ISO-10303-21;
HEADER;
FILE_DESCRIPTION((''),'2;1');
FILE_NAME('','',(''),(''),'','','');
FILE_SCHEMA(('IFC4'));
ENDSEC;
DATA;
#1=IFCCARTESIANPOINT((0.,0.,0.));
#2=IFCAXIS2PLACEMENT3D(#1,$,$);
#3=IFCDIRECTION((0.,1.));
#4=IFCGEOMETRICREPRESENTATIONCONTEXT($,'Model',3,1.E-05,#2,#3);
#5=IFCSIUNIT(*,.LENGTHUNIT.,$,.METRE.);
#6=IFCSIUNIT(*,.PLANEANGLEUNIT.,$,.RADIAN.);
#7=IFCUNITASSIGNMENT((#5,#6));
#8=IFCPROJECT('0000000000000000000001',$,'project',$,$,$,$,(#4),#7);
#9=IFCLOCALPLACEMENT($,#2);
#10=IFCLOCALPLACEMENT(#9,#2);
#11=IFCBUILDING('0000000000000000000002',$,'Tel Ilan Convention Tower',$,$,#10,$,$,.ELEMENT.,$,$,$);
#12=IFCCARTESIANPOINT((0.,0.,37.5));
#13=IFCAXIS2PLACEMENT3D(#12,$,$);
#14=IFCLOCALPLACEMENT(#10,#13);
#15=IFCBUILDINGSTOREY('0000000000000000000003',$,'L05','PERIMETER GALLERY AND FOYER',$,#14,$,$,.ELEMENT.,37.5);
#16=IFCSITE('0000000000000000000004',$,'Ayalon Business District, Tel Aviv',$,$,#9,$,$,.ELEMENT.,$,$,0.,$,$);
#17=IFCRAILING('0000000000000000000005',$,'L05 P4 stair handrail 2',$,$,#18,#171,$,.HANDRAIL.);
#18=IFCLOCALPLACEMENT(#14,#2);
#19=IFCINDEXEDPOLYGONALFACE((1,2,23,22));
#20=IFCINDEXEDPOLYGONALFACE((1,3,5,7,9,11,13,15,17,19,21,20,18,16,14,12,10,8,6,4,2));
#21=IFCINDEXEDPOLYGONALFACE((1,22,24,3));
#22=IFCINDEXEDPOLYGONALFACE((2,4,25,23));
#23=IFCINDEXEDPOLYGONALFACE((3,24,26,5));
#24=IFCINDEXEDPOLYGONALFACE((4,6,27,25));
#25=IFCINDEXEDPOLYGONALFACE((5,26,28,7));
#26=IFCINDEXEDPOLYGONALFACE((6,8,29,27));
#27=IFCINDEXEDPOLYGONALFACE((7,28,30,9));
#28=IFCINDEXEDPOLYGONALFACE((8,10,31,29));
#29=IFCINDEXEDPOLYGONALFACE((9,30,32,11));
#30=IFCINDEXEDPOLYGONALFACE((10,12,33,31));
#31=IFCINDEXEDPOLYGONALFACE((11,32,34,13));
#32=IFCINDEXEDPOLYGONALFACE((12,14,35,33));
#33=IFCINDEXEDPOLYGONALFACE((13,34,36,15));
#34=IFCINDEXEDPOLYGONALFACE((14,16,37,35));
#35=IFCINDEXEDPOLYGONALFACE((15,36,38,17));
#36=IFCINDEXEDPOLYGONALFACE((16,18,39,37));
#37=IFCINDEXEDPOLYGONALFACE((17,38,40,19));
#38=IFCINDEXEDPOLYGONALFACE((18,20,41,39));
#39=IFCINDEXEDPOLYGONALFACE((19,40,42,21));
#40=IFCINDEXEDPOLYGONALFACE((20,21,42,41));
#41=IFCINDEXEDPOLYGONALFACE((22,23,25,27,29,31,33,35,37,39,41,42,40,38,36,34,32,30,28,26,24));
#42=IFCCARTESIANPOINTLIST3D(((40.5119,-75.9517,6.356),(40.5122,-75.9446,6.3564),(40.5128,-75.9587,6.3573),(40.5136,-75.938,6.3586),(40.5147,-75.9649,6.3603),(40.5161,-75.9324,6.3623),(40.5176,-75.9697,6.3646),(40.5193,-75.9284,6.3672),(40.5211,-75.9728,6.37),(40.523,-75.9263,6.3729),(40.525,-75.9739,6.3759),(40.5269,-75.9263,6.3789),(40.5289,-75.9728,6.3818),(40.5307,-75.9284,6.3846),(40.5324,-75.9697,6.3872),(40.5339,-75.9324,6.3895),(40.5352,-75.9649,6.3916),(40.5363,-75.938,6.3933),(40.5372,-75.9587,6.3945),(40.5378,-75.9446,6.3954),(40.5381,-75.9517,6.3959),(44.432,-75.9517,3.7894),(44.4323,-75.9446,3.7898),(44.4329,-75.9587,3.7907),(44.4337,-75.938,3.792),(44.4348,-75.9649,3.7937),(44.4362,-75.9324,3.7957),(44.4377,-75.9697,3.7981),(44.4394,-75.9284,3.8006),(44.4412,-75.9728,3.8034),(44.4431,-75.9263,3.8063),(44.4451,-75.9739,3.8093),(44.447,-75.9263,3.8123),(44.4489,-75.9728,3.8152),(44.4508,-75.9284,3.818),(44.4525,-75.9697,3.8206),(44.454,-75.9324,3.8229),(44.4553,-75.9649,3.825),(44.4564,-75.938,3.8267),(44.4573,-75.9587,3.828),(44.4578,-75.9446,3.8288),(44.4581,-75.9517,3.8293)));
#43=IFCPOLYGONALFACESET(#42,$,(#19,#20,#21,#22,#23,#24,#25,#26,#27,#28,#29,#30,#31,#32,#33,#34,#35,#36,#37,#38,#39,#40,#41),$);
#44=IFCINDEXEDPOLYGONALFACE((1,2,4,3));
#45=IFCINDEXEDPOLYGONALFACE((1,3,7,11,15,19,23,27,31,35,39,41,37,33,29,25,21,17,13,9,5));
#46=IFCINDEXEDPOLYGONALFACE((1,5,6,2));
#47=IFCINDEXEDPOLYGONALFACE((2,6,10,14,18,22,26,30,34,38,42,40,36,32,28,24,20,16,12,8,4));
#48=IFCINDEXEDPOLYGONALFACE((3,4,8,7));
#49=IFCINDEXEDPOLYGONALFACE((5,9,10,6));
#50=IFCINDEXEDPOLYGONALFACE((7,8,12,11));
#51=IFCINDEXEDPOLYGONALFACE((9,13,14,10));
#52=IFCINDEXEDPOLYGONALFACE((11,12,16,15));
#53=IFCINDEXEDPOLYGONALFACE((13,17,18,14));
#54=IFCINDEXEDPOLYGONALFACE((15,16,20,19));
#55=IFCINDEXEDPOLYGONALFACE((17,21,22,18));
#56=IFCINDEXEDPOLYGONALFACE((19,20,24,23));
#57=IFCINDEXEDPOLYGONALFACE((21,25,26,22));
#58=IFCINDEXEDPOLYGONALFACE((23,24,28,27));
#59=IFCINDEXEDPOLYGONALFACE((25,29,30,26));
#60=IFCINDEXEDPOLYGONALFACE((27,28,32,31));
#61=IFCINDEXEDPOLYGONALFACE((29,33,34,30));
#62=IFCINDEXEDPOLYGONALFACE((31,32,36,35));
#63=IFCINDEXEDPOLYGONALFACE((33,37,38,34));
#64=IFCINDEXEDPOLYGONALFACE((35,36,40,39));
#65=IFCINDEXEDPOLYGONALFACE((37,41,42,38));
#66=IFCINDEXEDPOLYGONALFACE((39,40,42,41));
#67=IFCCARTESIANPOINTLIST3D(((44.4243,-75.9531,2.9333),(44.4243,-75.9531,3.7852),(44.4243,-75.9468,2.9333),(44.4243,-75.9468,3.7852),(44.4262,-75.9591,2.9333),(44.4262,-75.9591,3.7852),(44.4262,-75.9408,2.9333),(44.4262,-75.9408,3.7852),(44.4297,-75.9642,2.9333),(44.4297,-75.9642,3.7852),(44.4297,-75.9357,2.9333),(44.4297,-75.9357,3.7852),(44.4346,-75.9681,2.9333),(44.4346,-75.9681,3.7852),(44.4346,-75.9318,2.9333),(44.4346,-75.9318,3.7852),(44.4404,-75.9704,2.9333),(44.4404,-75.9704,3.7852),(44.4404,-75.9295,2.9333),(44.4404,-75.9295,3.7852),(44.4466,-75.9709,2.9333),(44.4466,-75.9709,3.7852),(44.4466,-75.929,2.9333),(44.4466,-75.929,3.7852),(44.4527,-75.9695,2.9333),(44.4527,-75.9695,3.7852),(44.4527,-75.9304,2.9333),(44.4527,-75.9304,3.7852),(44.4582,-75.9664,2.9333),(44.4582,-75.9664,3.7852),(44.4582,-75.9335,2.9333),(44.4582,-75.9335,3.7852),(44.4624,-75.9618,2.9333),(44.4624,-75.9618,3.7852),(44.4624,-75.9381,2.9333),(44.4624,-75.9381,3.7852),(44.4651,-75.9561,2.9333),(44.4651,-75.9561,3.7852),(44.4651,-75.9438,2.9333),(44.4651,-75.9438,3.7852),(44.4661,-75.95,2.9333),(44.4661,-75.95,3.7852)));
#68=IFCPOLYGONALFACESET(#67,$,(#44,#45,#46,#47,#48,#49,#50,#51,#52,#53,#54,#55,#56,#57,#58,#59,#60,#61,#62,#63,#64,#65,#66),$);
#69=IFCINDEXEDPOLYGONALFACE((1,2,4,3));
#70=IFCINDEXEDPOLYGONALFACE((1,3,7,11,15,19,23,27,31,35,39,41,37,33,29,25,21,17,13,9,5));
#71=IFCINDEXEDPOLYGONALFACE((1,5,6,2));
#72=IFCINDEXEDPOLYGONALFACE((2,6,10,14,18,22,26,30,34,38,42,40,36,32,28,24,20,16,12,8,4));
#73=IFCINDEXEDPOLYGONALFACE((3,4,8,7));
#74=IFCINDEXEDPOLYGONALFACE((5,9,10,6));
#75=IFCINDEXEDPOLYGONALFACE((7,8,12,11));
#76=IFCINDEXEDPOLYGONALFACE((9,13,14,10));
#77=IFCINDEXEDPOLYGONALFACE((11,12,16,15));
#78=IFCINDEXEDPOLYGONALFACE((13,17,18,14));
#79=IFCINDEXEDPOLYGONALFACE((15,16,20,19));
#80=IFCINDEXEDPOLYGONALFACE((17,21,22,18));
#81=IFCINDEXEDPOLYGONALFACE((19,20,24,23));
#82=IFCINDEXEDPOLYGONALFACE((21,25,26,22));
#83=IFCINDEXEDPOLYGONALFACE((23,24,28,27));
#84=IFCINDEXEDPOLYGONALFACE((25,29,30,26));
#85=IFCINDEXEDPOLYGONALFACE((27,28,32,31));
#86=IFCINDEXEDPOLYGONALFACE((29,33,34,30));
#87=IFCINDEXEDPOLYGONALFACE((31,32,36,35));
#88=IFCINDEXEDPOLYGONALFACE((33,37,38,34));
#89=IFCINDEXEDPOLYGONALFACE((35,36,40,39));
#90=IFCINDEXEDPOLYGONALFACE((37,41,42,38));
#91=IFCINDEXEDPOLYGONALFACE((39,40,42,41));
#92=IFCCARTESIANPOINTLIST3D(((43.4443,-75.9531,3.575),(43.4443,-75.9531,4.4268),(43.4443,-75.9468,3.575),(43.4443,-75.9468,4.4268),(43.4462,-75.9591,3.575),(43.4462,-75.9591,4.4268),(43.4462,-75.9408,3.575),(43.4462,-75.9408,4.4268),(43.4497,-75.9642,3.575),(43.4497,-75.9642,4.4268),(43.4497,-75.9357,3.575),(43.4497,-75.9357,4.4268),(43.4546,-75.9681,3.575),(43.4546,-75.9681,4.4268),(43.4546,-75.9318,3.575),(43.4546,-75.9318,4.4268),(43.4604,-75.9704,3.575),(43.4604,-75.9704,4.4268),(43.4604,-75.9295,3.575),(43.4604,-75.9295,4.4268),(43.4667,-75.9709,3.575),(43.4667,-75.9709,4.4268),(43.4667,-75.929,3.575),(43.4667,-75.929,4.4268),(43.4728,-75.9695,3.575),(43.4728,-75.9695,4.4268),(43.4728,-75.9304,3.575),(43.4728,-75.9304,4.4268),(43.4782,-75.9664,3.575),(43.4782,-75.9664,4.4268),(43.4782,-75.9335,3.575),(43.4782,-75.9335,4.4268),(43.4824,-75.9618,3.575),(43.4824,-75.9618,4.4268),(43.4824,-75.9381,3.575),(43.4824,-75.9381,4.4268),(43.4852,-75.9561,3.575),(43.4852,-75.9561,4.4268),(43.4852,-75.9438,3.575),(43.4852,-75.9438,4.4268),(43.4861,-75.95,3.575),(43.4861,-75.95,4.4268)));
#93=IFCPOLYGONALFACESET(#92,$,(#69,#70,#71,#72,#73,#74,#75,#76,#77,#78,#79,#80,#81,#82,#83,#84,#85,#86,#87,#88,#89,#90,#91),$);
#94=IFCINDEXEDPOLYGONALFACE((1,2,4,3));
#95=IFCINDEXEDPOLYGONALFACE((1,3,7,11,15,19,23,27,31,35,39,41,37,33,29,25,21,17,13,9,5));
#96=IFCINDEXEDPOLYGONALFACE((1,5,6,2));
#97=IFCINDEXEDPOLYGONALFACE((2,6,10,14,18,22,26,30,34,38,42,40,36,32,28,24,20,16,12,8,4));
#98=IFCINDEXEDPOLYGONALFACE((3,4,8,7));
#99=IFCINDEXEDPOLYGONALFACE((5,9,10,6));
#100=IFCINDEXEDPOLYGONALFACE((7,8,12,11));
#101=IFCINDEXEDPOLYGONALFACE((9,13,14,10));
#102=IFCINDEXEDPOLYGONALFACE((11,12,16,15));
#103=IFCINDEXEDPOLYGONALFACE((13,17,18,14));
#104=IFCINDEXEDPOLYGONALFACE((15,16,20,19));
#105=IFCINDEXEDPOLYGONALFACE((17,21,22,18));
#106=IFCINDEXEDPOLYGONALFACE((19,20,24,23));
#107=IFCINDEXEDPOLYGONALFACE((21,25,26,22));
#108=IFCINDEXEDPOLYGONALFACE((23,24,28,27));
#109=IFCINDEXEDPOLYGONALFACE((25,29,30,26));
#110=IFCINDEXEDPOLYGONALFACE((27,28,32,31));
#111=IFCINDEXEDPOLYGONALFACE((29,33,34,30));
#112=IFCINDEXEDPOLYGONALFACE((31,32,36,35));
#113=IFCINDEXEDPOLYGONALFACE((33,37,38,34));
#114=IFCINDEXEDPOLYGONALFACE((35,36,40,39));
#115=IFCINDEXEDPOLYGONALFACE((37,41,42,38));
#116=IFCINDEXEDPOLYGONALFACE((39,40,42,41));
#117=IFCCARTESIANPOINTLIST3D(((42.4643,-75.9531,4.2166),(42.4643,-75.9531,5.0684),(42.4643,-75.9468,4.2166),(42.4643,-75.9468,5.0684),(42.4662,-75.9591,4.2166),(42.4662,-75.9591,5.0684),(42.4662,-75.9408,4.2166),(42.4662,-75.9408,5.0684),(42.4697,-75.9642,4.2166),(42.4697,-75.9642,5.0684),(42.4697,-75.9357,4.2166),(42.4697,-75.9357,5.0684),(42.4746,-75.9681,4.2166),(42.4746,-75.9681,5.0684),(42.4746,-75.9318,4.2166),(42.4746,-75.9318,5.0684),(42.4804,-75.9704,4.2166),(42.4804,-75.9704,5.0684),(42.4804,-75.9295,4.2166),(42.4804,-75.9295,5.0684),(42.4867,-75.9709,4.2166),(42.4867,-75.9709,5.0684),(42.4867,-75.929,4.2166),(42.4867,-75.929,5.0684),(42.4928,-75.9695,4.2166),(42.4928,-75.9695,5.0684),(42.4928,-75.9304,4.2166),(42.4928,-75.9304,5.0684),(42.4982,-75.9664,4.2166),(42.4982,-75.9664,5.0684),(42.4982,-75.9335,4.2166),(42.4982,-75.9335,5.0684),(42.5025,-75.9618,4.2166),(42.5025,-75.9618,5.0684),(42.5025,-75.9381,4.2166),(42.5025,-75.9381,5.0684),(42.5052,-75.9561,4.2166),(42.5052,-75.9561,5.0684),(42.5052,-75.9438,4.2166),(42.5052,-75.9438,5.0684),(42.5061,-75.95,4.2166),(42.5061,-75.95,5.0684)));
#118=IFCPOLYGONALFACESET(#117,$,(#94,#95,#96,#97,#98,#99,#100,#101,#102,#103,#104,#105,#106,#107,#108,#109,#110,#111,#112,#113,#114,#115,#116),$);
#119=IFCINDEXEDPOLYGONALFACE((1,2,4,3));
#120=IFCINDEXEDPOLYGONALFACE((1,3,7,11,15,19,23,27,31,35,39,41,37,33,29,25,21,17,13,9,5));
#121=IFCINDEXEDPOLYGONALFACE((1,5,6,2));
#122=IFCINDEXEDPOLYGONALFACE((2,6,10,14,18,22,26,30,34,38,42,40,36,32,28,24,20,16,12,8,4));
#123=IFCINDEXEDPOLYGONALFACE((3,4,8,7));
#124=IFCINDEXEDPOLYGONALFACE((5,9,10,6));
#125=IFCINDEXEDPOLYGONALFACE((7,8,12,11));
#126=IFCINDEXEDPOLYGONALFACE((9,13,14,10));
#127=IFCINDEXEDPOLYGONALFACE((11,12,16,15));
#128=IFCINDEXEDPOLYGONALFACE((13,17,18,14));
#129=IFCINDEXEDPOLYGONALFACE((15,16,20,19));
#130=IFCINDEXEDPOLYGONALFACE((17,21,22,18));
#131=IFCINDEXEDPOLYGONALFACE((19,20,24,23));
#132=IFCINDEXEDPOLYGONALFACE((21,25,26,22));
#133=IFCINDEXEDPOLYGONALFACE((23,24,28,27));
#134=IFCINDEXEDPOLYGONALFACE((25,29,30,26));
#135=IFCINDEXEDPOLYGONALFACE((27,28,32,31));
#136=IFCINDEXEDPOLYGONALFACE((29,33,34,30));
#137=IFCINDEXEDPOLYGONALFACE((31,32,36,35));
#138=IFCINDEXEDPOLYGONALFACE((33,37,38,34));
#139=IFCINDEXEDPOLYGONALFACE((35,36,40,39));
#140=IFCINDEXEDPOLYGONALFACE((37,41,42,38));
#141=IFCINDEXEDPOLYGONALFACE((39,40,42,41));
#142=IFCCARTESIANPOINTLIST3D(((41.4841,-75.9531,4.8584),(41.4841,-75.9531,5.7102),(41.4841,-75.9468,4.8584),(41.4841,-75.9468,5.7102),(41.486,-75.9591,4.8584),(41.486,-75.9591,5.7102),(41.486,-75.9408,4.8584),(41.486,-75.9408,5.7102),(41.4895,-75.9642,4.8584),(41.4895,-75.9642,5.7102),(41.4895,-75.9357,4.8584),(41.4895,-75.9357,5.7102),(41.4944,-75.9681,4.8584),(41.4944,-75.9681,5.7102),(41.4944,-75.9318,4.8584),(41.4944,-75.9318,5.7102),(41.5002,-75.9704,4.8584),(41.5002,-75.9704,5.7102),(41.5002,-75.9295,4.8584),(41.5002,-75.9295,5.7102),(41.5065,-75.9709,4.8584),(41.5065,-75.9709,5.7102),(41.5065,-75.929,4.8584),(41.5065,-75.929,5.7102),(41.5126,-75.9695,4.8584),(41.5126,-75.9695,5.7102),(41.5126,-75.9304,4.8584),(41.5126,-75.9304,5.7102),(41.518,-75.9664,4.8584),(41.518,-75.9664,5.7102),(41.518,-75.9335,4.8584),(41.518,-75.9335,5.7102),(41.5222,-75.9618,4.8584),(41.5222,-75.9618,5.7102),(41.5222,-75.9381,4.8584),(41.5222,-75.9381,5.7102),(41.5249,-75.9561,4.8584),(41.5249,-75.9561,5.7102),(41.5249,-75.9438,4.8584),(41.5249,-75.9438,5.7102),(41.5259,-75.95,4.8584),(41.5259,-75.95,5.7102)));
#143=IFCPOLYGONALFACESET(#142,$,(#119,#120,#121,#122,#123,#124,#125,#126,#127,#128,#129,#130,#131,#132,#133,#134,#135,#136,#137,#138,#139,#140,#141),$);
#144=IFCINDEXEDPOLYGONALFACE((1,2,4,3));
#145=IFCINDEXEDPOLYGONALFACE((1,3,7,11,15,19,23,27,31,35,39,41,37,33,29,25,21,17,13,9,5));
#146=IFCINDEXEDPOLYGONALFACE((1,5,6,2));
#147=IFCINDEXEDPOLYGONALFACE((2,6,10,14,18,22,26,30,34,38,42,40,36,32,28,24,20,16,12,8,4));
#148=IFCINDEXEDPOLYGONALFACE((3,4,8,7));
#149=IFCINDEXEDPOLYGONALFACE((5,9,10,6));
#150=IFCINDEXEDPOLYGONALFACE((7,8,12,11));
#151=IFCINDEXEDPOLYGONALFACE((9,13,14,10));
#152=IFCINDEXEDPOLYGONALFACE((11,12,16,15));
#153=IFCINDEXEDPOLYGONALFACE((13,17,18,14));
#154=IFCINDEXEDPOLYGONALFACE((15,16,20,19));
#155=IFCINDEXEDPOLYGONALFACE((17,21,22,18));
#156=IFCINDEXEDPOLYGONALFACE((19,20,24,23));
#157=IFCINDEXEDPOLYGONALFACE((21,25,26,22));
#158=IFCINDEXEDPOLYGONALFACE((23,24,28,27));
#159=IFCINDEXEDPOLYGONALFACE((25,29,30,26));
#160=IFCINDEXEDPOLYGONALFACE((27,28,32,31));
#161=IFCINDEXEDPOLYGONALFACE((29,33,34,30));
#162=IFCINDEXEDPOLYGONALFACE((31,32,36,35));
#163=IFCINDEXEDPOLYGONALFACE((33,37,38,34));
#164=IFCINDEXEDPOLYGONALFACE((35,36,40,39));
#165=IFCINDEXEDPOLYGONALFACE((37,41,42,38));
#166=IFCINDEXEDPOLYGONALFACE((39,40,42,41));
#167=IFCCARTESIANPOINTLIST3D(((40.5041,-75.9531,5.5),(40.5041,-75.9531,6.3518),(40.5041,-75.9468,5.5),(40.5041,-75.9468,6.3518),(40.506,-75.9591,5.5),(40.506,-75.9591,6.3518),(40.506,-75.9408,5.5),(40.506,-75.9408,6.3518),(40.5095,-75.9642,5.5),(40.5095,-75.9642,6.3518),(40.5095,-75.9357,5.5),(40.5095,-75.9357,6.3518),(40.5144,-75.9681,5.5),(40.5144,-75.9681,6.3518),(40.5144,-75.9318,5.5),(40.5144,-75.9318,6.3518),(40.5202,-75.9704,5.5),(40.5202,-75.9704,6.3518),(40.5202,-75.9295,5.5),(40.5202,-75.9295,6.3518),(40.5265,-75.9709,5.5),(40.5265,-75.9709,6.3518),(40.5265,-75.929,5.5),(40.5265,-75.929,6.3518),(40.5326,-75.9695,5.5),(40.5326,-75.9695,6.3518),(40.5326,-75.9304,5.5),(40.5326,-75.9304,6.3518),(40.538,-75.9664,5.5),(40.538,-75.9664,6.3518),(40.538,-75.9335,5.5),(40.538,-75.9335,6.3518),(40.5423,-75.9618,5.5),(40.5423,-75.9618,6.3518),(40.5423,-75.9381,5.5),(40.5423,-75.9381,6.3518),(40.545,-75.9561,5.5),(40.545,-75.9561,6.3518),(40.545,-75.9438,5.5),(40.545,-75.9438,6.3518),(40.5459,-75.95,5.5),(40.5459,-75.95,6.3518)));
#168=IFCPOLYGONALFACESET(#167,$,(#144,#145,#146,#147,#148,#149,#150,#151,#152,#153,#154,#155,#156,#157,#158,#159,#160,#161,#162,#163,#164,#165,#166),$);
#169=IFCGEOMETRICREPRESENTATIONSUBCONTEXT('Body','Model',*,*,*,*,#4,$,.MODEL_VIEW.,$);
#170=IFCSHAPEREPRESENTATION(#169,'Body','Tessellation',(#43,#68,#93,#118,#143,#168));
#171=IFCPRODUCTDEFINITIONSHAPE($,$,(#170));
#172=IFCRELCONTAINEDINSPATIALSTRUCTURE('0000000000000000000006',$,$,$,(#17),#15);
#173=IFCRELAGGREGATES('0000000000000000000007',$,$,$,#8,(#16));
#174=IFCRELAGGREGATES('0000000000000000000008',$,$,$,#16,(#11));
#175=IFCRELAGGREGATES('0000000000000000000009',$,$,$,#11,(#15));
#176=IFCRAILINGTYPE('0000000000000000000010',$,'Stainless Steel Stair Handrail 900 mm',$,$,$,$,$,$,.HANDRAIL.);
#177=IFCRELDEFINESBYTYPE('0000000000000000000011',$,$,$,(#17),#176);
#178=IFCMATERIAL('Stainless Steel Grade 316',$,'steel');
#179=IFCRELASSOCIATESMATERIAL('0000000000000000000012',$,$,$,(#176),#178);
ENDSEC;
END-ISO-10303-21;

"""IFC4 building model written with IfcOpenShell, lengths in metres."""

from ifc_helpers import new_model, si_unit, direction, frame, origin, origin_2d, place, context, subcontext, project, spatial, circle, extrude, material, type_object, element, save


model = new_model("IFC4")

# Units and contexts
model_context = context("Model", 3, precision=1e-05, world=origin(), true_north=direction((0.0, 1.0)))
body_context = subcontext(model_context, "Body", "Model", "MODEL_VIEW")
ifc_project = project(units=[si_unit("LENGTHUNIT", "METRE"), si_unit("PLANEANGLEUNIT", "RADIAN")], contexts=[model_context])

# Site, building, storey
site_placement = place(None, origin())
site = spatial("IfcSite", under=ifc_project, at=site_placement, Name="Ayalon Business District, Tel Aviv", CompositionType="ELEMENT", RefElevation=0.0)
building_placement = place(site_placement, origin())
building = spatial("IfcBuilding", under=site, at=building_placement, Name="Tel Ilan Convention Tower", CompositionType="ELEMENT")
storey_placement = place(building_placement, frame((0.0, 0.0, 37.5)))
storey = spatial("IfcBuildingStorey", under=building, at=storey_placement, Name="L05", Description="PERIMETER GALLERY AND FOYER", CompositionType="ELEMENT", Elevation=37.5)

# Railing
ifc_material_1 = material(Name="Stainless Steel Grade 316", Category="steel")
railing_type_1 = type_object("IfcRailingType", Name="Stainless Steel Stair Handrail 900 mm", PredefinedType="HANDRAIL", material=ifc_material_1)
railing_1_placement = place(storey_placement, frame((44.4451, -75.95, 2.9333)))
element("IfcRailing", 1, at=railing_1_placement, inside=storey, type_object=railing_type_1, Name="L05 P4 stair handrail 2", PredefinedType="HANDRAIL", context=body_context, shape_type="SweptSolid", body=[
    extrude(circle(Radius=0.0239, at=origin_2d()), frame((0.0, 0.0, 0.876), z_axis=(-0.836631, 0.0, 0.547767), x_axis=(0.0, -1.0, 0.0)), (0.0, 0.0, 1.0), 4.6855),
    extrude(circle(Radius=0.021, at=origin_2d()), origin(), (0.0, 0.0, 1.0), 0.8518),
    extrude(circle(Radius=0.021, at=origin_2d()), frame((-0.98, 0.0, 0.6416)), (0.0, 0.0, 1.0), 0.8518),
    extrude(circle(Radius=0.021, at=origin_2d()), frame((-1.96, 0.0, 1.2832)), (0.0, 0.0, 1.0), 0.8518),
    extrude(circle(Radius=0.021, at=origin_2d()), frame((-2.9402, 0.0, 1.925)), (0.0, 0.0, 1.0), 0.8518),
    extrude(circle(Radius=0.021, at=origin_2d()), frame((-3.9202, 0.0, 2.5667)), (0.0, 0.0, 1.0), 0.8518),
])

save(model, "model.ifc")
